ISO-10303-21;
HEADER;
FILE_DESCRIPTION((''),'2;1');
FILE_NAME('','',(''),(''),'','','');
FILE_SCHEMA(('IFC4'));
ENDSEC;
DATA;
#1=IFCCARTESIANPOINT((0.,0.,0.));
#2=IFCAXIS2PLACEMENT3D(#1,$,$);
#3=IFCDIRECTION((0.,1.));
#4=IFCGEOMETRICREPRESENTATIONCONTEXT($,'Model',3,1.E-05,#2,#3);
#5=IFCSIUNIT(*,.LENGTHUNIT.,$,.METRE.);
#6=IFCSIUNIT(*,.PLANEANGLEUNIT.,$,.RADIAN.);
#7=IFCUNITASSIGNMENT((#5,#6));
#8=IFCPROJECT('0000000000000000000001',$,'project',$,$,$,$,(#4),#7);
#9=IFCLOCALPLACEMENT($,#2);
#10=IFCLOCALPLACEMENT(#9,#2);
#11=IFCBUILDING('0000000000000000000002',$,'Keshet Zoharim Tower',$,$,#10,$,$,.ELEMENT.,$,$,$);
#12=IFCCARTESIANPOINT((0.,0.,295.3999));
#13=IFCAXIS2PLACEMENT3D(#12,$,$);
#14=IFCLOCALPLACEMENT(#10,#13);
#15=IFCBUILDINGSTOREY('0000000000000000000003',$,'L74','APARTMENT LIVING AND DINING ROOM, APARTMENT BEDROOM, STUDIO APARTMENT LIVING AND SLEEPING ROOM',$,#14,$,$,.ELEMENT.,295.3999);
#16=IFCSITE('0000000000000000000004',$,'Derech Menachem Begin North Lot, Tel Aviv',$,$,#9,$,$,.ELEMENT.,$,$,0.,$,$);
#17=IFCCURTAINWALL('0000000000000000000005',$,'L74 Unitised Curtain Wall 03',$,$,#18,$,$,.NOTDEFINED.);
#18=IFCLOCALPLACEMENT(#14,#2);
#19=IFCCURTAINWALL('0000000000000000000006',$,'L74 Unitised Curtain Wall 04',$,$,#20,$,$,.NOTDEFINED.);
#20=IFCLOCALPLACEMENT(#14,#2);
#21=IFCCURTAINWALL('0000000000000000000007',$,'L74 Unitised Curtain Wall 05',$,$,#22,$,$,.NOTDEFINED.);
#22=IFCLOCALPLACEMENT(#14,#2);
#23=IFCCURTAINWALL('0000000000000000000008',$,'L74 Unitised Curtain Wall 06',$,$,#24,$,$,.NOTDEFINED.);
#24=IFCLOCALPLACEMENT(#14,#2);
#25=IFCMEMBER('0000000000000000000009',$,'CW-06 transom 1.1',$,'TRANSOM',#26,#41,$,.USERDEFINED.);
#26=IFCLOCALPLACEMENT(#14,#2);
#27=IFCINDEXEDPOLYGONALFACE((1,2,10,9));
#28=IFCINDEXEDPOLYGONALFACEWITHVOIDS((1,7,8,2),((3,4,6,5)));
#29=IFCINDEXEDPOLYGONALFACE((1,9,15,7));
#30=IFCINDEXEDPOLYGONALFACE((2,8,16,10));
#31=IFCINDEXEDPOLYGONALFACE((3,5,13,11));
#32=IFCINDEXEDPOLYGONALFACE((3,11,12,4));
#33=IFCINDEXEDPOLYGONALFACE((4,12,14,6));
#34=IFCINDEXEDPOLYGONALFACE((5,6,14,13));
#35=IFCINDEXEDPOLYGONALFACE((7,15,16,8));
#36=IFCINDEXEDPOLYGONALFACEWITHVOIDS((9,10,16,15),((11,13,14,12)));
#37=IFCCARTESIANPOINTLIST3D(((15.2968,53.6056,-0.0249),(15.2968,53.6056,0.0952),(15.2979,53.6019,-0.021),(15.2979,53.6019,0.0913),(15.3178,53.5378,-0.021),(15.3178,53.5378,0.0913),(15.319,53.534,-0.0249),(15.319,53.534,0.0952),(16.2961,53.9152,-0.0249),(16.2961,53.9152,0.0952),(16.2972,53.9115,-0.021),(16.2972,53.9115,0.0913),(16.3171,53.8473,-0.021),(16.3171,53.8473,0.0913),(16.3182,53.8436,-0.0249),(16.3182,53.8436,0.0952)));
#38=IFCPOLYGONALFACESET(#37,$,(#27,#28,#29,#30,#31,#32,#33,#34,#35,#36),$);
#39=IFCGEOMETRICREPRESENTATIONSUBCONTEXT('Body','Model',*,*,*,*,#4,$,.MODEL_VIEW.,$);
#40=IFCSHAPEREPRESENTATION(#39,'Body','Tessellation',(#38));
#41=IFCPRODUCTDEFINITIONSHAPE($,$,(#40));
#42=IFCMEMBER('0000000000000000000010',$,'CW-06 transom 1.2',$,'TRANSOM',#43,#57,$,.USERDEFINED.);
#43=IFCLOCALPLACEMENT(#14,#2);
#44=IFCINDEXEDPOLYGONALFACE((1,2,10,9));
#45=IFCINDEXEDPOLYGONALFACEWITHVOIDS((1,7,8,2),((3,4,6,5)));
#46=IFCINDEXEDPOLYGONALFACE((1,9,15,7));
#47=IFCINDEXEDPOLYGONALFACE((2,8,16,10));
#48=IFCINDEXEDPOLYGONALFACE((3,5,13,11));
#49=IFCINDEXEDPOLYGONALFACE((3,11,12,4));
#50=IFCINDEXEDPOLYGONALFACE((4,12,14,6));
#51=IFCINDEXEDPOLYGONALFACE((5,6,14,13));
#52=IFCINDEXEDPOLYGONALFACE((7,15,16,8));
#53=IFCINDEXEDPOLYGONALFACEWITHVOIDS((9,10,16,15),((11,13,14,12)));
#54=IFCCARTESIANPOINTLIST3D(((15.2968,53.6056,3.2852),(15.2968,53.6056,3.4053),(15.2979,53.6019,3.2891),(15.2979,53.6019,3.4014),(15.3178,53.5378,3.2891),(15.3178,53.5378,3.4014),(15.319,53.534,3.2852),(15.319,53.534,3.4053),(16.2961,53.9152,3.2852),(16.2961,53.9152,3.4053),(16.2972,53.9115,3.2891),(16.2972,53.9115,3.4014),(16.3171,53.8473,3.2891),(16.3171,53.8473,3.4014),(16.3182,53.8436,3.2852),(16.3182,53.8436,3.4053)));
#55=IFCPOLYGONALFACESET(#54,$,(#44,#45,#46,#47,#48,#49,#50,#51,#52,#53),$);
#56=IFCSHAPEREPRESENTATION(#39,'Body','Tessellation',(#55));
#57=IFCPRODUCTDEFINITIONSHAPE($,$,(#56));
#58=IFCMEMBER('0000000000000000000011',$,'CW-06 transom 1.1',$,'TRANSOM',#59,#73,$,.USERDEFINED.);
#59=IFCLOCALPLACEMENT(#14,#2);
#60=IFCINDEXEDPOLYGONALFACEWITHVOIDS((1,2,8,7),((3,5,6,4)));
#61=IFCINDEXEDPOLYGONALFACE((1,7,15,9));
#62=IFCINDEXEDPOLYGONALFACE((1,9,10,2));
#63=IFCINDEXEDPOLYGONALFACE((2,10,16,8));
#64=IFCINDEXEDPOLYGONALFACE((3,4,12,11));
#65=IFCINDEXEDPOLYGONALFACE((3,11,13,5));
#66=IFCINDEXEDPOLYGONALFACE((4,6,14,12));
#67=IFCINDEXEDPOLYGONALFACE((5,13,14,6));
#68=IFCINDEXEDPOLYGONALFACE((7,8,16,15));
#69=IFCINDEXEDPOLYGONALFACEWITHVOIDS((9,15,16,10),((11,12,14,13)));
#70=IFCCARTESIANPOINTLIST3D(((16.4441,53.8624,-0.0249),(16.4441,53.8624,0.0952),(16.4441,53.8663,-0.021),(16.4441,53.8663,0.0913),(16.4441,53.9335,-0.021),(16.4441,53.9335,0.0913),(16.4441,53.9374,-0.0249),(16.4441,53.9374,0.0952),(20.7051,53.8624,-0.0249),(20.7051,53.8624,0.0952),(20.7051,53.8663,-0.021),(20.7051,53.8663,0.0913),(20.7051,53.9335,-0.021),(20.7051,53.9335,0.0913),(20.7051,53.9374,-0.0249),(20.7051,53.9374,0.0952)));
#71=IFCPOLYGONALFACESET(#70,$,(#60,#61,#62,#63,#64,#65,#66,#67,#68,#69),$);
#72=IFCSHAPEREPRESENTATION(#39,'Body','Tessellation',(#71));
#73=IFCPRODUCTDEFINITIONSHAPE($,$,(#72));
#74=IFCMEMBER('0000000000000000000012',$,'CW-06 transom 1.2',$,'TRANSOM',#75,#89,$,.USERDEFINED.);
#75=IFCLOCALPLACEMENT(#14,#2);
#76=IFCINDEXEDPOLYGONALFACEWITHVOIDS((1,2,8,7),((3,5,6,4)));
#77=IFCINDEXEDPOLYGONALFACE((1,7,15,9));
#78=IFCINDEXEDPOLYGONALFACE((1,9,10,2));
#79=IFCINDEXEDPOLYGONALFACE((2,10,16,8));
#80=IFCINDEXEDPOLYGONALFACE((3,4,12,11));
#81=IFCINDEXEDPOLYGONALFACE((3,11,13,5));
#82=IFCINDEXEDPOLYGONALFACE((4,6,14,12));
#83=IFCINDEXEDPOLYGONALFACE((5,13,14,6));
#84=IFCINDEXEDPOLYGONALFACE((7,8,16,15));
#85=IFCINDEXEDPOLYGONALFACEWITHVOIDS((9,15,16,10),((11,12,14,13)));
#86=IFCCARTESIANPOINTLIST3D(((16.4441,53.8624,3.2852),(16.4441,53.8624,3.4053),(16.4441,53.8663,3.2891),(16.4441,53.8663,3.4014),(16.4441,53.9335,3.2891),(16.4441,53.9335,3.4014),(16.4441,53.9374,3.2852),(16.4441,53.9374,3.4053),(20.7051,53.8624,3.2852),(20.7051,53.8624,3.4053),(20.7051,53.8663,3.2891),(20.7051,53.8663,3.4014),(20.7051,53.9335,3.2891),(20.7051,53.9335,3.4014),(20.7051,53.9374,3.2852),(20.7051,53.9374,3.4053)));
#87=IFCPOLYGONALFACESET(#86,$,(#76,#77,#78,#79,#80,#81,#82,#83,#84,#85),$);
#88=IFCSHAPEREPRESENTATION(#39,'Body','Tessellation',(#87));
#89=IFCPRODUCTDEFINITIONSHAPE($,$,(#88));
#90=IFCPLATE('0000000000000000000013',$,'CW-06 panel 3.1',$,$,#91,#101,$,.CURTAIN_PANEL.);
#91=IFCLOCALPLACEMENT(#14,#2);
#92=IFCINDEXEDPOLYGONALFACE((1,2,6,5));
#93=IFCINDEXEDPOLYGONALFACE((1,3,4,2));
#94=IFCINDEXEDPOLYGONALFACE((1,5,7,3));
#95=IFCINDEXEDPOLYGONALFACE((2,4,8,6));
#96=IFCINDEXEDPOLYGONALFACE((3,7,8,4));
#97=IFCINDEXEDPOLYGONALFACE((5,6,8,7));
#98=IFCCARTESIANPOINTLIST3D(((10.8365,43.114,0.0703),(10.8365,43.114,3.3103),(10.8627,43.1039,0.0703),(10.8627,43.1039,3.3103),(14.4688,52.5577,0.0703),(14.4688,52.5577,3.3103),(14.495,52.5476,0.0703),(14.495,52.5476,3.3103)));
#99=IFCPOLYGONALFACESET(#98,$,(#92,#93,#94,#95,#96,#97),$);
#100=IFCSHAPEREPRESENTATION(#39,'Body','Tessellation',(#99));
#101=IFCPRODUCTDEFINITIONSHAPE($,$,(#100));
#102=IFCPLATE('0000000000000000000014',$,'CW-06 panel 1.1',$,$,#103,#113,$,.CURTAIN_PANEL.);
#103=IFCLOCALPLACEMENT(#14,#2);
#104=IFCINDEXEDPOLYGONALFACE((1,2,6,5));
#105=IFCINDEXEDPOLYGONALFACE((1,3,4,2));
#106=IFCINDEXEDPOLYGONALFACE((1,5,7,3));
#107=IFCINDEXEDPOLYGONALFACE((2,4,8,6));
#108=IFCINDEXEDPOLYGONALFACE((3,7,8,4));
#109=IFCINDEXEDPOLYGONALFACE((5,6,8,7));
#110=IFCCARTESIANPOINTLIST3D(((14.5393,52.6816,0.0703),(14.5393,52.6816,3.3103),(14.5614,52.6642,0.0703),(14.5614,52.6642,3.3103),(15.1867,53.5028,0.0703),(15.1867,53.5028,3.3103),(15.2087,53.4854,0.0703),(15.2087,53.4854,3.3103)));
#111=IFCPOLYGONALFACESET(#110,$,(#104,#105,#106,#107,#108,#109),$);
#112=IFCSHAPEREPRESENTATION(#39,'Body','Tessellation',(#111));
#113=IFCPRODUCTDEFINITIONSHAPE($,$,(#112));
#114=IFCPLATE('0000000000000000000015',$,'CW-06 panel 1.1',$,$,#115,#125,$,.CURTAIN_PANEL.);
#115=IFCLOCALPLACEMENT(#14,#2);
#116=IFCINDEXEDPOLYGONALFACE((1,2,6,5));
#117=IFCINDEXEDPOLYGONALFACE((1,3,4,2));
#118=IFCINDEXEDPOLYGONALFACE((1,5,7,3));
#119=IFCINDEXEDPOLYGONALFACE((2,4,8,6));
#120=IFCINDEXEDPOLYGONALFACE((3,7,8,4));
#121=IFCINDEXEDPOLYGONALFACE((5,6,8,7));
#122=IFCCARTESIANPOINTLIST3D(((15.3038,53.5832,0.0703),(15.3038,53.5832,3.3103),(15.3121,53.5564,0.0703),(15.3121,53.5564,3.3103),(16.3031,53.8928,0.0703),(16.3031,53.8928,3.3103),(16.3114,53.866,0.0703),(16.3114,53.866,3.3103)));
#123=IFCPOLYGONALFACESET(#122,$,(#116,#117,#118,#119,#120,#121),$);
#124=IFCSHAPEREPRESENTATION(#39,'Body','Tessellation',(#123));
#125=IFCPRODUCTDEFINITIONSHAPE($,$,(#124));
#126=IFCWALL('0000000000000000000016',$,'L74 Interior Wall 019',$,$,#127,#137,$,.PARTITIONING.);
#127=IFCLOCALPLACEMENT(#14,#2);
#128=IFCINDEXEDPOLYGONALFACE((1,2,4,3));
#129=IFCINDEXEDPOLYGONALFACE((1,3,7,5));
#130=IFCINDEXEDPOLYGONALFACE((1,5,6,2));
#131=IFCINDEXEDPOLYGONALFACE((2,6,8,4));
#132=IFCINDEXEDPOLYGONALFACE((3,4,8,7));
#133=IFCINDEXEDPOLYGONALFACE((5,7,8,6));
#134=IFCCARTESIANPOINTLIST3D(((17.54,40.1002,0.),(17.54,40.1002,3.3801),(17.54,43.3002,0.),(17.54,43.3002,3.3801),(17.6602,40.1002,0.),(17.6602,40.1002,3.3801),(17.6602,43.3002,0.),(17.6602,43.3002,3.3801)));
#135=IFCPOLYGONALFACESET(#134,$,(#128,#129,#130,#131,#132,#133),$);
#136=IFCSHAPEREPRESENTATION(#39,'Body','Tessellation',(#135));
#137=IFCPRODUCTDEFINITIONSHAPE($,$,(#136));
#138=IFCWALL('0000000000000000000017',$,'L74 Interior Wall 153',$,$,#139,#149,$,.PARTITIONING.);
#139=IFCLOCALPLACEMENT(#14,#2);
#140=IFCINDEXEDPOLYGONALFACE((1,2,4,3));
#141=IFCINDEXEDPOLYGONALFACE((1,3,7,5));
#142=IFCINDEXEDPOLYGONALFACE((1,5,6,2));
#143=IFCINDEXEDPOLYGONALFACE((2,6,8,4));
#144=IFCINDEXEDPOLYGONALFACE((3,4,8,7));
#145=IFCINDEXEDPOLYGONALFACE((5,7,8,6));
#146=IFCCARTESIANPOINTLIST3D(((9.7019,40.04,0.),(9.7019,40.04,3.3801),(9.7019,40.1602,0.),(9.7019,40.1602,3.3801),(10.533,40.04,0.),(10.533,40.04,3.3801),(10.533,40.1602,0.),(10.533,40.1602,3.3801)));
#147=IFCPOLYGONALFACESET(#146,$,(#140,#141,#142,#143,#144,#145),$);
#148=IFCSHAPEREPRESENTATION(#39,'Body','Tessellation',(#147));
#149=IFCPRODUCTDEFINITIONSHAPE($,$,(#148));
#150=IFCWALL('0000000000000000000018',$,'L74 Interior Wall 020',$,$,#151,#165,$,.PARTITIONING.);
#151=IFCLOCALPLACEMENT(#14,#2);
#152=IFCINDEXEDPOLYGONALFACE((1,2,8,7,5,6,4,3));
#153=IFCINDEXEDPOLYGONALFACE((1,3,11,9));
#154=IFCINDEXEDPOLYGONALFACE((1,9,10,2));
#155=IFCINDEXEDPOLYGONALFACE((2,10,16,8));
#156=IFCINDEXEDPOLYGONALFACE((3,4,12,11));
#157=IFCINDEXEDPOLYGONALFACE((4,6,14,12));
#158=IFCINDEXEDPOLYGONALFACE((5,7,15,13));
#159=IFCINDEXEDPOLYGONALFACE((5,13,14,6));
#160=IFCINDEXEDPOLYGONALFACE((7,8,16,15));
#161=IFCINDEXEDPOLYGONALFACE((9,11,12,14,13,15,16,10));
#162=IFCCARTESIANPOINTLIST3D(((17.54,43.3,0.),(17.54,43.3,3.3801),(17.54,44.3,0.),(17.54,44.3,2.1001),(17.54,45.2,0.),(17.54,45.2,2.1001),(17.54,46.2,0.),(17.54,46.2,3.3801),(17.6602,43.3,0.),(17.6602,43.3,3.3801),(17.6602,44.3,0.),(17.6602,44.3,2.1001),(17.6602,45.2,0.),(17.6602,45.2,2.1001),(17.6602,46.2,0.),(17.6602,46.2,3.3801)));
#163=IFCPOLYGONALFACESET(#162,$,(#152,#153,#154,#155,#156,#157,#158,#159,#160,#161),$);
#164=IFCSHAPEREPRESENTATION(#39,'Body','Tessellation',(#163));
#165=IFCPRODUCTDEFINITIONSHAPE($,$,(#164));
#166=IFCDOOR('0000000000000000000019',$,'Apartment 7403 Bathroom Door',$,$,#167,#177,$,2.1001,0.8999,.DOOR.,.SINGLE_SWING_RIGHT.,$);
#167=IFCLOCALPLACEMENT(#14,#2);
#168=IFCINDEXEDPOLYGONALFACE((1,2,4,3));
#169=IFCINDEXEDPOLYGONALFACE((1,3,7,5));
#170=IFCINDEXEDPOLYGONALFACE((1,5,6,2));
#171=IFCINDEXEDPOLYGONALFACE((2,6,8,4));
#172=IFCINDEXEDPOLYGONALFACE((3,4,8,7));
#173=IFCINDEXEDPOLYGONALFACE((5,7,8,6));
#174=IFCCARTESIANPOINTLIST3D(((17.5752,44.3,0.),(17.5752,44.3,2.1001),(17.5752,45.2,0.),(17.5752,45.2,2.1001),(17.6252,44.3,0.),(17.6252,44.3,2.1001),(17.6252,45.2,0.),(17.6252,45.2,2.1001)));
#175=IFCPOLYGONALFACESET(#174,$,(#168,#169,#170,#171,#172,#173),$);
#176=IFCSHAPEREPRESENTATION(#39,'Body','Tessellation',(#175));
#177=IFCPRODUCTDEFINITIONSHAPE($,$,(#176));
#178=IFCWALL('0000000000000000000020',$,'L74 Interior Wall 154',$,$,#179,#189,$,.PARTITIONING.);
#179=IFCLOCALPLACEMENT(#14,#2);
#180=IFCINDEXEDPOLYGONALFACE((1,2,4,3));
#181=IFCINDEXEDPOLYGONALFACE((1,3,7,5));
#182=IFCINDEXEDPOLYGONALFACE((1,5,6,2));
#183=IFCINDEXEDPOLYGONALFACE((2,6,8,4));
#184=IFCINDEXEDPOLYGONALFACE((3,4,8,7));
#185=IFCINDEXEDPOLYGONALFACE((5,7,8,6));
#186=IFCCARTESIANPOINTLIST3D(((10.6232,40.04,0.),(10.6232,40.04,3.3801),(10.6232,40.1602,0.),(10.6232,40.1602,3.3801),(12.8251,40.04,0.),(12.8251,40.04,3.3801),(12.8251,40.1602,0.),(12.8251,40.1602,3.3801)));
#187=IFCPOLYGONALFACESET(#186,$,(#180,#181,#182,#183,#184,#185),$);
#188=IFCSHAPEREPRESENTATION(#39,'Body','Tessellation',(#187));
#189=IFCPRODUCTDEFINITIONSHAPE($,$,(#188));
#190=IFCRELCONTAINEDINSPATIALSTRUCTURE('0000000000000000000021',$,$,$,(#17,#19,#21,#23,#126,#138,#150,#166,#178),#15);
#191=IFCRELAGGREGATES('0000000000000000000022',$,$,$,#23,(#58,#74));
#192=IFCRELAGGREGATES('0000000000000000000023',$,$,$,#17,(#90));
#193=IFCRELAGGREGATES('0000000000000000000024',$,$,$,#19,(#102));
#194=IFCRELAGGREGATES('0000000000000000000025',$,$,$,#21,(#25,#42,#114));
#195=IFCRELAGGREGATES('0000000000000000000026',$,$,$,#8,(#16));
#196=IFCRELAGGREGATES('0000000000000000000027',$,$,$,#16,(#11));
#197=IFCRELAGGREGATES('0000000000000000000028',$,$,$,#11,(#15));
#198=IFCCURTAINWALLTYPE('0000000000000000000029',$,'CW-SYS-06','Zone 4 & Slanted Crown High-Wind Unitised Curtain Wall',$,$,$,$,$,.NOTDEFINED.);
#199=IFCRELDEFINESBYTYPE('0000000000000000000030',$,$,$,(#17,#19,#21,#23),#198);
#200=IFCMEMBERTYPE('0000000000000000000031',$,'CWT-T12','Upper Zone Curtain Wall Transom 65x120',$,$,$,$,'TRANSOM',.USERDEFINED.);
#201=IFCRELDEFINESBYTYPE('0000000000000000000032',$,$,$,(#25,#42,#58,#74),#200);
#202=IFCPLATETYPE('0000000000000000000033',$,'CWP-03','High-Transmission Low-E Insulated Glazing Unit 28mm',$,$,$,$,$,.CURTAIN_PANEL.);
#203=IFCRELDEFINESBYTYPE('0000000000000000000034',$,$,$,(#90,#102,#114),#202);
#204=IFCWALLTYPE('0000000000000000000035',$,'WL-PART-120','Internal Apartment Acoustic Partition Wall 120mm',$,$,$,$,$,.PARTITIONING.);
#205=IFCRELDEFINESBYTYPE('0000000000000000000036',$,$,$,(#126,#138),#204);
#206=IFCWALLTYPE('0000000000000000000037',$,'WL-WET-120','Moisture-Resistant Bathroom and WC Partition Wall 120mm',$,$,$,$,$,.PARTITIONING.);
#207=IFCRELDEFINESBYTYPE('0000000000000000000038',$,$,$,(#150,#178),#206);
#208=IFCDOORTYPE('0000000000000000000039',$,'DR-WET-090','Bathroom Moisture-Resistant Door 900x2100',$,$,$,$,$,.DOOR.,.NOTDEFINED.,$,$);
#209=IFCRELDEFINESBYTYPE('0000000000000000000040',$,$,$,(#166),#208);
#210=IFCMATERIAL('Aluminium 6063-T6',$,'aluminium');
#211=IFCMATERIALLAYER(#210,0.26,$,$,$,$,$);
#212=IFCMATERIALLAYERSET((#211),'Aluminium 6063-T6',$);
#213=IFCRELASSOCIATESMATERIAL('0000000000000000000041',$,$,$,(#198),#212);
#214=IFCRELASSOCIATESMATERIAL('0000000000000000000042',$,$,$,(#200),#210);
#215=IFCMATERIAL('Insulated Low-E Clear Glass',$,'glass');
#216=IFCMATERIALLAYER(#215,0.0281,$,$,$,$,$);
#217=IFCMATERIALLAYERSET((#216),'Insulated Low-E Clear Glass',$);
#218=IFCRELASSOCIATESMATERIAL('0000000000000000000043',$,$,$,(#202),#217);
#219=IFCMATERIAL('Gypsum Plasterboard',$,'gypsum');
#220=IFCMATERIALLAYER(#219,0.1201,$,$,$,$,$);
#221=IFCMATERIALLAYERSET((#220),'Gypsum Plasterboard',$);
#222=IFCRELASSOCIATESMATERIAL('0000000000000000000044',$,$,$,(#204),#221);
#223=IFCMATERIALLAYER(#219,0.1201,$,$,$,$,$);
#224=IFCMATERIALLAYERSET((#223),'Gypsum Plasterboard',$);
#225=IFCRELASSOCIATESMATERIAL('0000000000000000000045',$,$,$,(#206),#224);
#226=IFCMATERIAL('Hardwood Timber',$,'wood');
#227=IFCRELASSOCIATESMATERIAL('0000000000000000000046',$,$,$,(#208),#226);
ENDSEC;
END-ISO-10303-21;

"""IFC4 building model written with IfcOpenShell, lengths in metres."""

from ifc_helpers import new_model, si_unit, direction, frame, frame_2d, origin, origin_2d, place, context, subcontext, project, spatial, rectangle, hollow_rectangle, extrude, material, layer, layer_set, material_profile, profile_set, type_object, element, fill, aggregate, save


model = new_model("IFC4")

# Units and contexts
model_context = context("Model", 3, precision=1e-05, world=origin(), true_north=direction((0.0, 1.0)))
body_context = subcontext(model_context, "Body", "Model", "MODEL_VIEW")
ifc_project = project(units=[si_unit("LENGTHUNIT", "METRE"), si_unit("PLANEANGLEUNIT", "RADIAN")], contexts=[model_context])

# Site, building, storey
site_placement = place(None, origin())
site = spatial("IfcSite", under=ifc_project, at=site_placement, Name="Derech Menachem Begin North Lot, Tel Aviv", CompositionType="ELEMENT", RefElevation=0.0)
building_placement = place(site_placement, origin())
building = spatial("IfcBuilding", under=site, at=building_placement, Name="Keshet Zoharim Tower", CompositionType="ELEMENT")
storey_placement = place(building_placement, frame((0.0, 0.0, 295.3999)))
storey = spatial("IfcBuildingStorey", under=building, at=storey_placement, Name="L74", Description="APARTMENT LIVING AND DINING ROOM, APARTMENT BEDROOM, STUDIO APARTMENT LIVING AND SLEEPING ROOM", CompositionType="ELEMENT", Elevation=295.3999)

# Curtain walls
ifc_material_1 = material(Name="Aluminium 6063-T6", Category="aluminium")
ifc_layer_1 = layer(ifc_material_1, 0.26)
ifc_layer_set_1 = layer_set([ifc_layer_1], Name="Aluminium 6063-T6")
curtain_wall_type = type_object("IfcCurtainWallType", Name="CW-SYS-06", Description="Zone 4 & Slanted Crown High-Wind Unitised Curtain Wall", PredefinedType="NOTDEFINED", material=ifc_layer_set_1)
curtain_wall_1_placement = place(storey_placement, origin())
curtain_wall_1 = element("IfcCurtainWall", 1, at=curtain_wall_1_placement, inside=storey, type_object=curtain_wall_type, Name="L74 Unitised Curtain Wall 03", PredefinedType="NOTDEFINED")
curtain_wall_2_placement = place(storey_placement, origin())
curtain_wall_2 = element("IfcCurtainWall", 2, at=curtain_wall_2_placement, inside=storey, type_object=curtain_wall_type, Name="L74 Unitised Curtain Wall 04", PredefinedType="NOTDEFINED")
curtain_wall_3_placement = place(storey_placement, origin())
curtain_wall_3 = element("IfcCurtainWall", 3, at=curtain_wall_3_placement, inside=storey, type_object=curtain_wall_type, Name="L74 Unitised Curtain Wall 05", PredefinedType="NOTDEFINED")

# Curtain wall
curtain_wall_4_placement = place(storey_placement, origin())
curtain_wall_4 = element("IfcCurtainWall", 4, at=curtain_wall_4_placement, inside=storey, type_object=curtain_wall_type, Name="L74 Unitised Curtain Wall 06", PredefinedType="NOTDEFINED")

# Members
ifc_material_profile_1 = material_profile(ifc_material_1, hollow_rectangle(XDim=0.075, YDim=0.1201, WallThickness=0.0039, at=origin_2d()), Name="TRN-75x120")
ifc_profile_set_1 = profile_set([ifc_material_profile_1], Name="Aluminium 6063-T6")
member_type_1 = type_object("IfcMemberType", Name="CWT-T12", Description="Upper Zone Curtain Wall Transom 65x120", ElementType="TRANSOM", PredefinedType="USERDEFINED", material=ifc_profile_set_1)
member_1_placement = place(storey_placement, frame((15.3079, 53.5698, 0.0352), z_axis=(0.955212, 0.295922, 0.0), x_axis=(-0.295922, 0.955212, 0.0)))
member_1 = element("IfcMember", 5, at=member_1_placement, type_object=member_type_1, Name="CW-06 transom 1.1", ObjectType="TRANSOM", PredefinedType="USERDEFINED", context=body_context, shape_type="SweptSolid", body=[
    extrude(hollow_rectangle(XDim=0.075, YDim=0.1201, WallThickness=0.0039, at=origin_2d()), origin(), (0.0, 0.0, 1.0), 1.0461),
])
member_2_placement = place(storey_placement, frame((15.3079, 53.5698, 3.3452), z_axis=(0.955212, 0.295922, 0.0), x_axis=(-0.295922, 0.955212, 0.0)))
member_2 = element("IfcMember", 6, at=member_2_placement, type_object=member_type_1, Name="CW-06 transom 1.2", ObjectType="TRANSOM", PredefinedType="USERDEFINED", context=body_context, shape_type="SweptSolid", body=[
    extrude(hollow_rectangle(XDim=0.075, YDim=0.1201, WallThickness=0.0039, at=origin_2d()), origin(), (0.0, 0.0, 1.0), 1.0461),
])
member_3_placement = place(storey_placement, frame((16.4441, 53.8999, 0.0352), z_axis=(1.0, 0.0, 0.0), x_axis=(0.0, 1.0, 0.0)))
member_3 = element("IfcMember", 7, at=member_3_placement, type_object=member_type_1, Name="CW-06 transom 1.1", ObjectType="TRANSOM", PredefinedType="USERDEFINED", context=body_context, shape_type="SweptSolid", body=[
    extrude(hollow_rectangle(XDim=0.075, YDim=0.1201, WallThickness=0.0039, at=origin_2d()), origin(), (0.0, 0.0, 1.0), 4.261),
])
member_4_placement = place(storey_placement, frame((16.4441, 53.8999, 3.3452), z_axis=(1.0, 0.0, 0.0), x_axis=(0.0, 1.0, 0.0)))
member_4 = element("IfcMember", 8, at=member_4_placement, type_object=member_type_1, Name="CW-06 transom 1.2", ObjectType="TRANSOM", PredefinedType="USERDEFINED", context=body_context, shape_type="SweptSolid", body=[
    extrude(hollow_rectangle(XDim=0.075, YDim=0.1201, WallThickness=0.0039, at=origin_2d()), origin(), (0.0, 0.0, 1.0), 4.261),
])
aggregate(curtain_wall_4, [member_3, member_4])

# Plates
ifc_material_2 = material(Name="Insulated Low-E Clear Glass", Category="glass")
ifc_layer_2 = layer(ifc_material_2, 0.0281)
ifc_layer_set_2 = layer_set([ifc_layer_2], Name="Insulated Low-E Clear Glass")
plate_type = type_object("IfcPlateType", Name="CWP-03", Description="High-Transmission Low-E Insulated Glazing Unit 28mm", PredefinedType="CURTAIN_PANEL", material=ifc_layer_set_2)
plate_1_placement = place(storey_placement, frame((12.6658, 47.8308, 0.0703), z_axis=(0.0, 0.0, 1.0), x_axis=(0.35899, 0.933341, 0.0)))
plate_1 = element("IfcPlate", 9, at=plate_1_placement, type_object=plate_type, Name="CW-06 panel 3.1", PredefinedType="CURTAIN_PANEL", context=body_context, shape_type="SweptSolid", body=[
    extrude(rectangle(XDim=10.1182, YDim=0.0281, at=origin_2d()), origin(), (0.0, 0.0, 1.0), 3.24),
])
aggregate(curtain_wall_1, [plate_1])
plate_2_placement = place(storey_placement, frame((14.874, 53.0835, 0.0703), z_axis=(0.0, 0.0, 1.0), x_axis=(0.619125, 0.785293, 0.0)))
plate_2 = element("IfcPlate", 10, at=plate_2_placement, type_object=plate_type, Name="CW-06 panel 1.1", PredefinedType="CURTAIN_PANEL", context=body_context, shape_type="SweptSolid", body=[
    extrude(rectangle(XDim=1.0457, YDim=0.0281, at=origin_2d()), origin(), (0.0, 0.0, 1.0), 3.24),
])
aggregate(curtain_wall_2, [plate_2])
plate_3_placement = place(storey_placement, frame((15.8076, 53.7246, 0.0703), z_axis=(0.0, 0.0, 1.0), x_axis=(0.955212, 0.295922, 0.0)))
plate_3 = element("IfcPlate", 11, at=plate_3_placement, type_object=plate_type, Name="CW-06 panel 1.1", PredefinedType="CURTAIN_PANEL", context=body_context, shape_type="SweptSolid", body=[
    extrude(rectangle(XDim=1.0461, YDim=0.0281, at=origin_2d()), origin(), (0.0, 0.0, 1.0), 3.24),
])
aggregate(curtain_wall_3, [member_1, member_2, plate_3])

# Shared definitions
ifc_material_3 = material(Name="Gypsum Plasterboard", Category="gypsum")
ifc_material_4 = material(Name="Hardwood Timber", Category="wood")

# Walls
ifc_layer_3 = layer(ifc_material_3, 0.1201)
ifc_layer_set_3 = layer_set([ifc_layer_3], Name="Gypsum Plasterboard")
wall_type_1 = type_object("IfcWallType", Name="WL-PART-120", Description="Internal Apartment Acoustic Partition Wall 120mm", PredefinedType="PARTITIONING", material=ifc_layer_set_3)
wall_1_placement = place(storey_placement, frame((17.6001, 40.1001, 0.0), z_axis=(0.0, 0.0, 1.0), x_axis=(0.0, 1.0, 0.0)))
element("IfcWall", 12, at=wall_1_placement, inside=storey, type_object=wall_type_1, Name="L74 Interior Wall 019", PredefinedType="PARTITIONING", context=body_context, shape_type="SweptSolid", body=[
    extrude(rectangle(XDim=3.2, YDim=0.1201, at=frame_2d((1.6001, 0.0))), origin(), (0.0, 0.0, 1.0), 3.3801),
])
wall_2_placement = place(storey_placement, frame((9.7019, 40.1001, 0.0), z_axis=(0.0, 0.0, 1.0), x_axis=(1.0, 0.0, 0.0)))
element("IfcWall", 13, at=wall_2_placement, inside=storey, type_object=wall_type_1, Name="L74 Interior Wall 153", PredefinedType="PARTITIONING", context=body_context, shape_type="SweptSolid", body=[
    extrude(rectangle(XDim=0.8311, YDim=0.1201, at=frame_2d((0.4155, 0.0))), origin(), (0.0, 0.0, 1.0), 3.3801),
])

# Wall, opening, door
ifc_layer_4 = layer(ifc_material_3, 0.1201)
ifc_layer_set_4 = layer_set([ifc_layer_4], Name="Gypsum Plasterboard")
wall_type_2 = type_object("IfcWallType", Name="WL-WET-120", Description="Moisture-Resistant Bathroom and WC Partition Wall 120mm", PredefinedType="PARTITIONING", material=ifc_layer_set_4)
wall_3_placement = place(storey_placement, frame((17.6001, 43.3, 0.0), z_axis=(0.0, 0.0, 1.0), x_axis=(0.0, 1.0, 0.0)))
wall_3 = element("IfcWall", 14, at=wall_3_placement, inside=storey, type_object=wall_type_2, Name="L74 Interior Wall 020", PredefinedType="PARTITIONING", context=body_context, shape_type="SweptSolid", body=[
    extrude(rectangle(XDim=2.8999, YDim=0.1201, at=frame_2d((1.45, 0.0))), origin(), (0.0, 0.0, 1.0), 3.3801),
])
opening_1_placement = place(wall_3_placement, frame((1.0, 0.0, 0.0)))
opening_1 = element("IfcOpeningElement", 15, at=opening_1_placement, cuts=wall_3, PredefinedType="OPENING", context=body_context, shape_type="SweptSolid", body=[
    extrude(rectangle(XDim=0.8999, YDim=2.1001, at=frame_2d((0.45, 1.05))), frame((0.0, 0.0701, 0.0), z_axis=(0.0, -1.0, 0.0), x_axis=(1.0, 0.0, 0.0)), (0.0, 0.0, 1.0), 0.1401),
])
door_type_1 = type_object("IfcDoorType", Name="DR-WET-090", Description="Bathroom Moisture-Resistant Door 900x2100", OperationType="NOTDEFINED", PredefinedType="DOOR", material=ifc_material_4)
door_1_placement = place(opening_1_placement, origin())
door_1 = element("IfcDoor", 16, at=door_1_placement, inside=storey, type_object=door_type_1, Name="Apartment 7403 Bathroom Door", OperationType="SINGLE_SWING_RIGHT", OverallHeight=2.1001, OverallWidth=0.8999, PredefinedType="DOOR", context=body_context, shape_type="SweptSolid", body=[
    extrude(rectangle(XDim=0.8999, YDim=2.1001, at=frame_2d((0.45, 1.05))), frame((0.0, 0.0249, 0.0), z_axis=(0.0, -1.0, 0.0), x_axis=(1.0, 0.0, 0.0)), (0.0, 0.0, 1.0), 0.05),
])
fill(opening_1, door_1)

# Wall
wall_4_placement = place(storey_placement, frame((10.623, 40.1001, 0.0), z_axis=(0.0, 0.0, 1.0), x_axis=(1.0, 0.0, 0.0)))
element("IfcWall", 17, at=wall_4_placement, inside=storey, type_object=wall_type_2, Name="L74 Interior Wall 154", PredefinedType="PARTITIONING", context=body_context, shape_type="SweptSolid", body=[
    extrude(rectangle(XDim=2.2019, YDim=0.1201, at=frame_2d((1.1011, 0.0))), origin(), (0.0, 0.0, 1.0), 3.3801),
])

save(model, "model.ifc")
